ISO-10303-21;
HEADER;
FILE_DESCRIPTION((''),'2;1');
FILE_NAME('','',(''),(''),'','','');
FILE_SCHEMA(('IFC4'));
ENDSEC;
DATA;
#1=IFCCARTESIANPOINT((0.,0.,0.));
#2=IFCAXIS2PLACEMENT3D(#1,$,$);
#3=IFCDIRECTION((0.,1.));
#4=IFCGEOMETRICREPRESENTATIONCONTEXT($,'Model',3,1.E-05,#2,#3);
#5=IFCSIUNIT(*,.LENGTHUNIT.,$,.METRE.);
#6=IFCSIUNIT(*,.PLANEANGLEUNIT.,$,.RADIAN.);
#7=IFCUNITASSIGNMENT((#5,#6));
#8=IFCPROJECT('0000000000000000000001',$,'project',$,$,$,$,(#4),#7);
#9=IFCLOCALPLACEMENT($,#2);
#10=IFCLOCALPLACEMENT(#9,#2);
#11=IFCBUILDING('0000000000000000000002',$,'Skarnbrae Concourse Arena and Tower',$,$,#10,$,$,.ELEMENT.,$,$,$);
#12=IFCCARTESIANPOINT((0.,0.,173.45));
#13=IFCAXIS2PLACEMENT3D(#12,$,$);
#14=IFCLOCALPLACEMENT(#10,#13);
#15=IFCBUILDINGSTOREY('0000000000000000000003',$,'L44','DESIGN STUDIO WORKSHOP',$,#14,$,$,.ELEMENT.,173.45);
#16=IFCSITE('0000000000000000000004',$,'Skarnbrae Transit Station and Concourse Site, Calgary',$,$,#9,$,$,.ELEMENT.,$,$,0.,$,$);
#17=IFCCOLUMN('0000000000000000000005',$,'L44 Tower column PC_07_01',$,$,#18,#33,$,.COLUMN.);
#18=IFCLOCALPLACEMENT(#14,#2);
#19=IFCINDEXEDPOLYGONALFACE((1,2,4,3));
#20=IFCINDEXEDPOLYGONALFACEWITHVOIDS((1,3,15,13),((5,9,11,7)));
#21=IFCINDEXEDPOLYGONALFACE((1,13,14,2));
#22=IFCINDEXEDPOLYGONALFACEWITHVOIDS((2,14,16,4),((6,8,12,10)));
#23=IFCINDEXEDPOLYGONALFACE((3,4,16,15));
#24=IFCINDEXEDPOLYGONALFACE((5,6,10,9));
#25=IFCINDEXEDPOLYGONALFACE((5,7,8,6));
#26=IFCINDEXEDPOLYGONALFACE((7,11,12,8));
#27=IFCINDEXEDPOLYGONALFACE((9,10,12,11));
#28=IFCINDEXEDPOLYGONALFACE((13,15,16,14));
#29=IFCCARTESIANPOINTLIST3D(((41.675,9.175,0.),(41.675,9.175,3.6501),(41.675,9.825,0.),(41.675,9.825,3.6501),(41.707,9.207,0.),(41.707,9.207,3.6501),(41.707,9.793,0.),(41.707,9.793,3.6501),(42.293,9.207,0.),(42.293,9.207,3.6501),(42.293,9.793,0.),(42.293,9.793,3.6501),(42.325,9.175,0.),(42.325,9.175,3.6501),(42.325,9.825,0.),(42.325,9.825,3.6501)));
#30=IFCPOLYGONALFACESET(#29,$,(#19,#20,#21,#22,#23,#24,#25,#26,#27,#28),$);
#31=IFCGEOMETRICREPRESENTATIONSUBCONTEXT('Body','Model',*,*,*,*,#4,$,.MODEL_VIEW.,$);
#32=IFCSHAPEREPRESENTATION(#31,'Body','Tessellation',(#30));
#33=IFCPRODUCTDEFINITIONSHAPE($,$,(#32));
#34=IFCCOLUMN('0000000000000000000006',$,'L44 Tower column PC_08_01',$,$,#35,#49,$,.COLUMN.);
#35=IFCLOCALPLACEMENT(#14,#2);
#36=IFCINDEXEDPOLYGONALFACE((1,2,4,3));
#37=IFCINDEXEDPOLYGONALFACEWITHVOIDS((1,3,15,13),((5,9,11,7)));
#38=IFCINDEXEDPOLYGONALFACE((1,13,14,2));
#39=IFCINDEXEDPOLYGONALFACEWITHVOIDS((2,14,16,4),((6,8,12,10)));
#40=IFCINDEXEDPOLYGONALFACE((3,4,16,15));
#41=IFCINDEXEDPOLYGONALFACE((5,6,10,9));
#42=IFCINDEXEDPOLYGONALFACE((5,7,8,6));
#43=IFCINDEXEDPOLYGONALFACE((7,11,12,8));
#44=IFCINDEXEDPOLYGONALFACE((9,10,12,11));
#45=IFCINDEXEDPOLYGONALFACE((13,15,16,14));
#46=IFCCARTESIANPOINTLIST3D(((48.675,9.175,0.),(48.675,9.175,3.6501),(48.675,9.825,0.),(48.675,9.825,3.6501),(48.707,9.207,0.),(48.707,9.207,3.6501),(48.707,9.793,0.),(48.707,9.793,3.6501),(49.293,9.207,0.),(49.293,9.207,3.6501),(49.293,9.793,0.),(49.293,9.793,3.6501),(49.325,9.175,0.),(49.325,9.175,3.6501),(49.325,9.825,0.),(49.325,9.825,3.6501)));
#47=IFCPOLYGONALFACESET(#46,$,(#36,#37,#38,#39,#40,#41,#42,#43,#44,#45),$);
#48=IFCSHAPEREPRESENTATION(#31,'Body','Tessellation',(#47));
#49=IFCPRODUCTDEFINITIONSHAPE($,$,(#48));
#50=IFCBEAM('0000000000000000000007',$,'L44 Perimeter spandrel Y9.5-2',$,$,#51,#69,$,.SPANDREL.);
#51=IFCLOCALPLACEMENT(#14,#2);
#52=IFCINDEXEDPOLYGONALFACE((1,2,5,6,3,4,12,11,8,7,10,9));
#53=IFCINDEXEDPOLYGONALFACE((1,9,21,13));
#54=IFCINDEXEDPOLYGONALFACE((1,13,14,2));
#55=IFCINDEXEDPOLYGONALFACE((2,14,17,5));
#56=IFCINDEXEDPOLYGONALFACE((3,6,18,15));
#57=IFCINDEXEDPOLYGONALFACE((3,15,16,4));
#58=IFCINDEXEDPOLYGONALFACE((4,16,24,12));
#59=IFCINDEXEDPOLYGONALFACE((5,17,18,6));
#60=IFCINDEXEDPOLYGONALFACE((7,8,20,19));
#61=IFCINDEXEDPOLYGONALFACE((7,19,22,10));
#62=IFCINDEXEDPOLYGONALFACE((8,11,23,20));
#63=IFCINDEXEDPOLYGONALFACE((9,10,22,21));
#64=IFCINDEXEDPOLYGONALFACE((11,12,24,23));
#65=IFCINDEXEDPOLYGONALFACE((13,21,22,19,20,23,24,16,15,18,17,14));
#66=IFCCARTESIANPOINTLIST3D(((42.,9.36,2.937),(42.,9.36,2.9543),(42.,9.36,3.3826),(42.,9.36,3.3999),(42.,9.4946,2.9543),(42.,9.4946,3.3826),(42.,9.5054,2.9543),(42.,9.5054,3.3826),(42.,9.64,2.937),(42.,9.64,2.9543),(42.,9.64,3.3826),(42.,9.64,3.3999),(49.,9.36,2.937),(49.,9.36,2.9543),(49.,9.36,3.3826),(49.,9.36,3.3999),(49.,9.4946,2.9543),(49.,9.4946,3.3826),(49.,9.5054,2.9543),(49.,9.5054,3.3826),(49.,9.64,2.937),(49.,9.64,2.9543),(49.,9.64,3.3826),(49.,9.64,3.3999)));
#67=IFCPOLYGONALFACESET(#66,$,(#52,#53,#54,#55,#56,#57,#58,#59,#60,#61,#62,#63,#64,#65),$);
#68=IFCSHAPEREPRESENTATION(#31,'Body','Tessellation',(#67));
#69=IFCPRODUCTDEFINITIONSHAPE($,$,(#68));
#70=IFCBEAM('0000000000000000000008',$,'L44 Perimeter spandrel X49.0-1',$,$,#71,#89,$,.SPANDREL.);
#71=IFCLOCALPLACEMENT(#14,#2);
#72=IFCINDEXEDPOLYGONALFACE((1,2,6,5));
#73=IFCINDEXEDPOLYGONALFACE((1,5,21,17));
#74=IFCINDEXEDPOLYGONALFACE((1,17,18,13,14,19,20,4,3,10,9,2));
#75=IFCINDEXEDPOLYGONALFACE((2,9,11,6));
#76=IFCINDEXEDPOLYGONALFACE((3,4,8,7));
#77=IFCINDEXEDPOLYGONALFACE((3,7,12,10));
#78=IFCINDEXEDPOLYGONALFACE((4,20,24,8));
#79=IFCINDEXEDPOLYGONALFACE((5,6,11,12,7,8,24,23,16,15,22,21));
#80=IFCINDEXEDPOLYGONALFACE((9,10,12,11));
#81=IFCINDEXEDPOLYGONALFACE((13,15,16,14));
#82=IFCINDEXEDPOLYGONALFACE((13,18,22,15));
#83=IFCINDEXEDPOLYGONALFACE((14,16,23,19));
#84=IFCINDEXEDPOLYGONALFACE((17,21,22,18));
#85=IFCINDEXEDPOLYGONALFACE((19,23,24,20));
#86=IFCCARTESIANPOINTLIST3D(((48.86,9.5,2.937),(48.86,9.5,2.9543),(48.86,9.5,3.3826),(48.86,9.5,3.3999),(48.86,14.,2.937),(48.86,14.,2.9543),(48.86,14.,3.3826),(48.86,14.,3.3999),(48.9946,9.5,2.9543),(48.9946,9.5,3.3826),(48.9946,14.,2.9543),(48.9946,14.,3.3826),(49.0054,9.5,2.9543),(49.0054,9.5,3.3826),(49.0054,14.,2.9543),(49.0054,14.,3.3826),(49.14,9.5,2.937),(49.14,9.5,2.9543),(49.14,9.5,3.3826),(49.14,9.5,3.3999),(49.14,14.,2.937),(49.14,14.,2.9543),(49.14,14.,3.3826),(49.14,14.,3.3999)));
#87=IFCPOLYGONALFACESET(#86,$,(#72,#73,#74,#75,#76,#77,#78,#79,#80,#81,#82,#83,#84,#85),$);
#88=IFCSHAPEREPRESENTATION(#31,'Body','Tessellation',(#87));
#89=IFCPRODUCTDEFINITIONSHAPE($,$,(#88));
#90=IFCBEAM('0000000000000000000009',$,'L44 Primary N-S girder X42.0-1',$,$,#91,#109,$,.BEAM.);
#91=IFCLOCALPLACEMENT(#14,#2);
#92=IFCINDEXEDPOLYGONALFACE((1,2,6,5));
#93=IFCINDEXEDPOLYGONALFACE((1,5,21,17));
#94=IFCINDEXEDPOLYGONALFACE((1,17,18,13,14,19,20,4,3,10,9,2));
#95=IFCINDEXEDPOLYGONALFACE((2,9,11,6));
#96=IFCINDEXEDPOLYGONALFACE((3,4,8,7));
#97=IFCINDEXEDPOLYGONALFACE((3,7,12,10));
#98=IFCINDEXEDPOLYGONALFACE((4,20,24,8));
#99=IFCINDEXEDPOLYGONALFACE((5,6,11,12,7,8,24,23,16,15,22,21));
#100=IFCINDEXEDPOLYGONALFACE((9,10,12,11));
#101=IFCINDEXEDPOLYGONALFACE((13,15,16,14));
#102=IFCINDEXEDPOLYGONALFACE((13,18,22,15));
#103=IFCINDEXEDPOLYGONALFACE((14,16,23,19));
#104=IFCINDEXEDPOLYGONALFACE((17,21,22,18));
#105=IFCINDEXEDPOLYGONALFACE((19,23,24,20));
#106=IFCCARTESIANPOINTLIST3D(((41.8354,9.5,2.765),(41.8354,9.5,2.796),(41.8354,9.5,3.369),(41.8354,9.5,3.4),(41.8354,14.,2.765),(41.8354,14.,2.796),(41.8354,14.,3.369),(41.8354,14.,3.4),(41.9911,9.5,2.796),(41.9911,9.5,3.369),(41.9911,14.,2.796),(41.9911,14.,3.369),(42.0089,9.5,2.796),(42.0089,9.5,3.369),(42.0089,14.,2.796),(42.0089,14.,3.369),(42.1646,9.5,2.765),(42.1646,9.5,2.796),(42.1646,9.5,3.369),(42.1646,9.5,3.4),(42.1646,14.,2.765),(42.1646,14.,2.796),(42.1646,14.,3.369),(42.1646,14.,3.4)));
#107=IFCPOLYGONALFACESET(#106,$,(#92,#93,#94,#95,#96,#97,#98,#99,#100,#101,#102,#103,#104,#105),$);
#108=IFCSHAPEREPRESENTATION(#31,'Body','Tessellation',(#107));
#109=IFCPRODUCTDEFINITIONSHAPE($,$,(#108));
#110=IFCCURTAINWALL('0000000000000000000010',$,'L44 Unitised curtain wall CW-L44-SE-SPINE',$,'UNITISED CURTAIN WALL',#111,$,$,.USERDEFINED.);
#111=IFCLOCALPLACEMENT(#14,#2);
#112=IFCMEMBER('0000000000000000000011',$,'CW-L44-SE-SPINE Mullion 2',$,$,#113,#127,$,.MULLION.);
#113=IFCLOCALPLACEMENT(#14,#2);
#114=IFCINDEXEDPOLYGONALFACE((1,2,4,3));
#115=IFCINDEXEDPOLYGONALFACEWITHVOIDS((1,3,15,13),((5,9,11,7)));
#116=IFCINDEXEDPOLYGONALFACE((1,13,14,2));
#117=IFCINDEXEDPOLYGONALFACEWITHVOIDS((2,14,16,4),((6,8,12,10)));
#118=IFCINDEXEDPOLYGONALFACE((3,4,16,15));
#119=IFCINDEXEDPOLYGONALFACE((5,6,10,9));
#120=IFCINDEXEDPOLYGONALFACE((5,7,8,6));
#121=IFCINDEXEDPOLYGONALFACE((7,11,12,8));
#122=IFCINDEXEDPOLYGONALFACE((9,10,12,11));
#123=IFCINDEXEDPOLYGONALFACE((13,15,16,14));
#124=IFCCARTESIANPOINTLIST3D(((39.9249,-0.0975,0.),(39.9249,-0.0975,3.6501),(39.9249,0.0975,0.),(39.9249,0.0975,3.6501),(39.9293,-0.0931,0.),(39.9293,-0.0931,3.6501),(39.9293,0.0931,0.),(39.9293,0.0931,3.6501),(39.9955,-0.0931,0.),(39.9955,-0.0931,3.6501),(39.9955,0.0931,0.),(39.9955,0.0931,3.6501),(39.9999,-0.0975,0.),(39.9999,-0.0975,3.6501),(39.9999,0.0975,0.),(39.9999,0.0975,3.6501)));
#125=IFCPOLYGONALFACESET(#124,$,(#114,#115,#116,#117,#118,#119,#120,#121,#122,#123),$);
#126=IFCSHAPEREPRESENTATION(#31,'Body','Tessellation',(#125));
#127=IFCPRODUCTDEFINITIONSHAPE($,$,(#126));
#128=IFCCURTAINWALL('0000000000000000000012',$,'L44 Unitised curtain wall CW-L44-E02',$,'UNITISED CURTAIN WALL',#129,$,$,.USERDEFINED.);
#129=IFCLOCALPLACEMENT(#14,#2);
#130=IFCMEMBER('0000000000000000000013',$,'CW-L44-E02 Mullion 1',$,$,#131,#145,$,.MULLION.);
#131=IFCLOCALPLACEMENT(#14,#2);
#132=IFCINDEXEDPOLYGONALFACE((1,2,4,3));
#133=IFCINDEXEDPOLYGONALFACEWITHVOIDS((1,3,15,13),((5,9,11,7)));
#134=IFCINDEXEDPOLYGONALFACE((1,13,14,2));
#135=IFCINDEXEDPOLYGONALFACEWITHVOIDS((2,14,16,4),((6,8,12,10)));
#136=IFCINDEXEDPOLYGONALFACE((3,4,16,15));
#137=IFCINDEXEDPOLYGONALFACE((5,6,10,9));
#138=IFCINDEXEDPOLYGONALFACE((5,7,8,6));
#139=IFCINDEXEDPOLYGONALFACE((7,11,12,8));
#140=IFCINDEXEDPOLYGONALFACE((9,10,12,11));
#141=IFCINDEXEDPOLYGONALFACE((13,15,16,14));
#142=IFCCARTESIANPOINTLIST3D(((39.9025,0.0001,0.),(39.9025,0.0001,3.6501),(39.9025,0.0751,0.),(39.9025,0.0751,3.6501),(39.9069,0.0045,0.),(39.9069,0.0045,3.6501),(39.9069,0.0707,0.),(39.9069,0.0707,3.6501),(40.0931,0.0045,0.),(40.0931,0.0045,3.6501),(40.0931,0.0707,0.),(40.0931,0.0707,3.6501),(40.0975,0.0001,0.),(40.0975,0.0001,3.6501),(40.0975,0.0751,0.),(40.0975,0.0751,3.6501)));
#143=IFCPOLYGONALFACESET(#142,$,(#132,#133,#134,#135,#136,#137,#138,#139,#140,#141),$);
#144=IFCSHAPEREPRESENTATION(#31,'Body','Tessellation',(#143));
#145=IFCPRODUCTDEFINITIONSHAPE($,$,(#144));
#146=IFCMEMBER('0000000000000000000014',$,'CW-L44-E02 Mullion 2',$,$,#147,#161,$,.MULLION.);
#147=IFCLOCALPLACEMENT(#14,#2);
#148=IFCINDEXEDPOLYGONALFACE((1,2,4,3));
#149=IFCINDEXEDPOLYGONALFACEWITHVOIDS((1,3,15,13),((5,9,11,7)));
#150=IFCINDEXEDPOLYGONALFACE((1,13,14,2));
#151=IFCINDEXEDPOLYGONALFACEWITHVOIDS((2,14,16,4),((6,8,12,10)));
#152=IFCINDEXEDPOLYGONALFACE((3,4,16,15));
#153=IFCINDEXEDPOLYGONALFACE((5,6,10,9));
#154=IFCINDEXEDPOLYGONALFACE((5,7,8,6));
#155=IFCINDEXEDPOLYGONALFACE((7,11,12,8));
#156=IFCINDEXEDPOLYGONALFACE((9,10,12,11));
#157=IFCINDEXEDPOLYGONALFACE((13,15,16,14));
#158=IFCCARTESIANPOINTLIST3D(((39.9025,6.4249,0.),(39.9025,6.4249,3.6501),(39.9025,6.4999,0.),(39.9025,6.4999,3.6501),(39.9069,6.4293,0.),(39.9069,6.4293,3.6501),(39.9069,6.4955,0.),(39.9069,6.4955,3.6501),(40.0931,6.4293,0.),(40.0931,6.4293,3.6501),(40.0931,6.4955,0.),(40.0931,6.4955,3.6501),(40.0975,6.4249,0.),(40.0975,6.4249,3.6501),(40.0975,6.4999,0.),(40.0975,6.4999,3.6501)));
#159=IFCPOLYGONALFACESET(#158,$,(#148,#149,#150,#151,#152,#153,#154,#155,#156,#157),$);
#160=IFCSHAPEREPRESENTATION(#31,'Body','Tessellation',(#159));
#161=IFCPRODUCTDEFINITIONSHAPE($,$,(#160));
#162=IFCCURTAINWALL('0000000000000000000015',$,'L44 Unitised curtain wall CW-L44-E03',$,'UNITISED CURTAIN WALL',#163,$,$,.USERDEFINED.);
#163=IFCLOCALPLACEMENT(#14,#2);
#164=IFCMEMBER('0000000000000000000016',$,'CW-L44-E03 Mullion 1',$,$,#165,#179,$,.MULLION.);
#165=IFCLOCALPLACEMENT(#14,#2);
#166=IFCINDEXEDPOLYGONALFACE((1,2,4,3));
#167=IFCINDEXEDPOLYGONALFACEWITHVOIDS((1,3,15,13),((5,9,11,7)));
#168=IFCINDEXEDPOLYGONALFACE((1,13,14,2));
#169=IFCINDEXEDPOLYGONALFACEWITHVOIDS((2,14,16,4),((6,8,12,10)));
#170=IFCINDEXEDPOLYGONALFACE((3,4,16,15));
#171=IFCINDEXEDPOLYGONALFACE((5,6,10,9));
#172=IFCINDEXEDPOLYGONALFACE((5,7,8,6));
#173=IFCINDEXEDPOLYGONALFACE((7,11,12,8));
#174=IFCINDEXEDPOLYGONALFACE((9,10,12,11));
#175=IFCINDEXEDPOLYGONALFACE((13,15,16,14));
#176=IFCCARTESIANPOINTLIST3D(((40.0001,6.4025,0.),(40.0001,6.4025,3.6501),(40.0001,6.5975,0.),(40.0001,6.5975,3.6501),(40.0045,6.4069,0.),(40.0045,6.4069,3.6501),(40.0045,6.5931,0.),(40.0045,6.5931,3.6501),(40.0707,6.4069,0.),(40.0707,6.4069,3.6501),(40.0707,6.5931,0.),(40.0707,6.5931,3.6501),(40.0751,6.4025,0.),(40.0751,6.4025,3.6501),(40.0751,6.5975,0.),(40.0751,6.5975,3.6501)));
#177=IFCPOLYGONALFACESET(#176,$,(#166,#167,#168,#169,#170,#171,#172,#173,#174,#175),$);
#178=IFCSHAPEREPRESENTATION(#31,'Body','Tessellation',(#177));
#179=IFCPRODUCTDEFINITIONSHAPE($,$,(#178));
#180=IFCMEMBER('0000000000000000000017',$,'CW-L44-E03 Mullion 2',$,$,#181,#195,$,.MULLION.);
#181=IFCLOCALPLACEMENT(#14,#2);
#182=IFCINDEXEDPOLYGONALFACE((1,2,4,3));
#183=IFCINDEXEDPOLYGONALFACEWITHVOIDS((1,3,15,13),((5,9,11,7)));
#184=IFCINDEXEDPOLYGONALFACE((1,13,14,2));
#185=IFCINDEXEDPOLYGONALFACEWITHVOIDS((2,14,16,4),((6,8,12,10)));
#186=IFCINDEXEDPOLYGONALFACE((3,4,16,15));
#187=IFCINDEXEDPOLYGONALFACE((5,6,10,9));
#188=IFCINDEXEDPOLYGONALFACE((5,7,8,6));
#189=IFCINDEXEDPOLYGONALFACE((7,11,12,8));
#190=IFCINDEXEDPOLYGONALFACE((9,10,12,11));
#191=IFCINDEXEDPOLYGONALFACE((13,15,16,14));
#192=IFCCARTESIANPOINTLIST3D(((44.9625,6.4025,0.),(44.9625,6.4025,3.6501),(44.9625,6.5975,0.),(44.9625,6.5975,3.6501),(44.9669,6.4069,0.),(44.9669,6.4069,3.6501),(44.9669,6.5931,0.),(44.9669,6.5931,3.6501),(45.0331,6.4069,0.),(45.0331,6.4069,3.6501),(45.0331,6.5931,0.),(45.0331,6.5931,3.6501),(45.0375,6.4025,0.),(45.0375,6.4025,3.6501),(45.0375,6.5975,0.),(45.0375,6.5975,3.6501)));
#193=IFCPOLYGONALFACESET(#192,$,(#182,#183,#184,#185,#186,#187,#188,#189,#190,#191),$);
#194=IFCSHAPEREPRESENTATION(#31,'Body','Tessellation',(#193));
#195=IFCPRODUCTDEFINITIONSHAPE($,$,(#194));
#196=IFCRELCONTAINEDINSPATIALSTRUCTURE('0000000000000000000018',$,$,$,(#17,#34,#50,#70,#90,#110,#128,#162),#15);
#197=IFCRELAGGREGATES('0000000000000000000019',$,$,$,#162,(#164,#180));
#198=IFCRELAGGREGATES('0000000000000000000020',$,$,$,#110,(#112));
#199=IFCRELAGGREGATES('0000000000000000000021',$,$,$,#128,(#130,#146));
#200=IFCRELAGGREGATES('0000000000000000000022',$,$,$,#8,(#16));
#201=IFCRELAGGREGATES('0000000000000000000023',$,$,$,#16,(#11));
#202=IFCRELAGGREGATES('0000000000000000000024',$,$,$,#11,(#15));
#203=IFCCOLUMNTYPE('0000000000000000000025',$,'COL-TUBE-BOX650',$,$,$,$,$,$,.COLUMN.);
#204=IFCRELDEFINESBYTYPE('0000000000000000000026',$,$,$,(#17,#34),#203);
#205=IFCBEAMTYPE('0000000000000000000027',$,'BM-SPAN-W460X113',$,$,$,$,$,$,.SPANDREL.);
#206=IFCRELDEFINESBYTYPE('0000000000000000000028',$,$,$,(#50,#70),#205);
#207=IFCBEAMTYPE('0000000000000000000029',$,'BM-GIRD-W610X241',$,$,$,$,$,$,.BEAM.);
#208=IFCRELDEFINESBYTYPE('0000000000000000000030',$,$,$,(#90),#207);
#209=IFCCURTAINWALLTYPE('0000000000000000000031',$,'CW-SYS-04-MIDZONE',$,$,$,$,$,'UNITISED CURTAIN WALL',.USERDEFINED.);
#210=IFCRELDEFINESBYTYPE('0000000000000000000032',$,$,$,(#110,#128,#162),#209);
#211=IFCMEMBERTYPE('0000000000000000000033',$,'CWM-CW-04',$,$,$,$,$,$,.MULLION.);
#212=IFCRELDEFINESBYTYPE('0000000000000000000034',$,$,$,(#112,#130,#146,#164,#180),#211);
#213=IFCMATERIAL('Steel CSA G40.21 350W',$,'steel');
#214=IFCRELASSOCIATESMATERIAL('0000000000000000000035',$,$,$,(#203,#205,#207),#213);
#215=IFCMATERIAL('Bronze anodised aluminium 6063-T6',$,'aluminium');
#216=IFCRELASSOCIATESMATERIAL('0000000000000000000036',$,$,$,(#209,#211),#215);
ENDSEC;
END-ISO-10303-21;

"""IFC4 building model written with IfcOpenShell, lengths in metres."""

from ifc_helpers import new_model, si_unit, direction, frame, origin, origin_2d, place, context, subcontext, project, spatial, hollow_rectangle, i_section, extrude, source, transform, mapped, material, material_profile, profile_set, type_object, element, aggregate, save


model = new_model("IFC4")

# Units and contexts
model_context = context("Model", 3, precision=1e-05, world=origin(), true_north=direction((0.0, 1.0)))
body_context = subcontext(model_context, "Body", "Model", "MODEL_VIEW")
ifc_project = project(units=[si_unit("LENGTHUNIT", "METRE"), si_unit("PLANEANGLEUNIT", "RADIAN")], contexts=[model_context])

# Site, building, storey
site_placement = place(None, origin())
site = spatial("IfcSite", under=ifc_project, at=site_placement, Name="Skarnbrae Transit Station and Concourse Site, Calgary", CompositionType="ELEMENT", RefElevation=0.0)
building_placement = place(site_placement, origin())
building = spatial("IfcBuilding", under=site, at=building_placement, Name="Skarnbrae Concourse Arena and Tower", CompositionType="ELEMENT")
storey_placement = place(building_placement, frame((0.0, 0.0, 173.45)))
storey = spatial("IfcBuildingStorey", under=building, at=storey_placement, Name="L44", Description="DESIGN STUDIO WORKSHOP", CompositionType="ELEMENT", Elevation=173.45)

# Columns
ifc_material_1 = material(Name="Steel CSA G40.21 350W", Category="steel")
ifc_material_profile_1 = material_profile(ifc_material_1, hollow_rectangle(XDim=0.6499, YDim=0.6499, WallThickness=0.032, at=origin_2d()), Name="BOX650X650X32")
ifc_profile_set_1 = profile_set([ifc_material_profile_1], Name="Steel CSA G40.21 350W")
column_type = type_object("IfcColumnType", Name="COL-TUBE-BOX650", PredefinedType="COLUMN", material=ifc_profile_set_1)
shared_shape_1 = source(origin(), body_context, "Body", "SweptSolid", [
    extrude(hollow_rectangle(XDim=0.6499, YDim=0.6499, WallThickness=0.032, at=origin_2d()), origin(), (0.0, 0.0, 1.0), 3.6501),
])
for number, where, z_axis, x_axis, name in (
    (1, (42.0, 9.5, 0.0), (0.0, 0.0, 1.0), (1.0, 0.0, 0.0), "L44 Tower column PC_07_01"),
    (2, (49.0, 9.5, 0.0), (0.0, 0.0, 1.0), (1.0, 0.0, 0.0), "L44 Tower column PC_08_01"),
):
    element("IfcColumn", number, at=place(storey_placement, frame(where, z_axis=z_axis, x_axis=x_axis)), inside=storey, type_object=column_type, Name=name, PredefinedType="COLUMN", context=body_context, shape_type="MappedRepresentation", body=[
        mapped(shared_shape_1, transform((0.0, 0.0, 0.0))),
    ])

# Beams
ifc_material_profile_2 = material_profile(ifc_material_1, i_section(OverallWidth=0.28, OverallDepth=0.4629, WebThickness=0.0107, FlangeThickness=0.0173, at=origin_2d()), Name="W460X113")
ifc_profile_set_2 = profile_set([ifc_material_profile_2], Name="Steel CSA G40.21 350W")
beam_type_1 = type_object("IfcBeamType", Name="BM-SPAN-W460X113", PredefinedType="SPANDREL", material=ifc_profile_set_2)
shared_shape_2 = source(origin(), body_context, "Body", "SweptSolid", [
    extrude(i_section(OverallWidth=0.28, OverallDepth=0.4629, WebThickness=0.0107, FlangeThickness=0.0173, at=origin_2d()), origin(), (0.0, 0.0, 1.0), 7.0),
])
beam_1_placement = place(storey_placement, frame((42.0, 9.5, 3.1685), z_axis=(1.0, 0.0, 0.0), x_axis=(0.0, 1.0, 0.0)))
element("IfcBeam", 3, at=beam_1_placement, inside=storey, type_object=beam_type_1, Name="L44 Perimeter spandrel Y9.5-2", PredefinedType="SPANDREL", context=body_context, shape_type="MappedRepresentation", body=[
    mapped(shared_shape_2, transform((0.0, 0.0, 0.0))),
])
shared_shape_3 = source(origin(), body_context, "Body", "SweptSolid", [
    extrude(i_section(OverallWidth=0.28, OverallDepth=0.4629, WebThickness=0.0107, FlangeThickness=0.0173, at=origin_2d()), origin(), (0.0, 0.0, 1.0), 4.5),
])
beam_2_placement = place(storey_placement, frame((49.0, 9.5, 3.1685), z_axis=(0.0, 1.0, 0.0), x_axis=(-1.0, 0.0, 0.0)))
element("IfcBeam", 4, at=beam_2_placement, inside=storey, type_object=beam_type_1, Name="L44 Perimeter spandrel X49.0-1", PredefinedType="SPANDREL", context=body_context, shape_type="MappedRepresentation", body=[
    mapped(shared_shape_3, transform((0.0, 0.0, 0.0))),
])
ifc_material_profile_3 = material_profile(ifc_material_1, i_section(OverallWidth=0.3291, OverallDepth=0.635, WebThickness=0.0178, FlangeThickness=0.031, at=origin_2d()), Name="W610X241")
ifc_profile_set_3 = profile_set([ifc_material_profile_3], Name="Steel CSA G40.21 350W")
beam_type_2 = type_object("IfcBeamType", Name="BM-GIRD-W610X241", PredefinedType="BEAM", material=ifc_profile_set_3)
shared_shape_4 = source(origin(), body_context, "Body", "SweptSolid", [
    extrude(i_section(OverallWidth=0.3291, OverallDepth=0.635, WebThickness=0.0178, FlangeThickness=0.031, at=origin_2d()), origin(), (0.0, 0.0, 1.0), 4.5),
])
beam_3_placement = place(storey_placement, frame((42.0, 9.5, 3.0825), z_axis=(0.0, 1.0, 0.0), x_axis=(-1.0, 0.0, 0.0)))
element("IfcBeam", 5, at=beam_3_placement, inside=storey, type_object=beam_type_2, Name="L44 Primary N-S girder X42.0-1", PredefinedType="BEAM", context=body_context, shape_type="MappedRepresentation", body=[
    mapped(shared_shape_4, transform((0.0, 0.0, 0.0))),
])

# Curtain wall, member
ifc_material_2 = material(Name="Bronze anodised aluminium 6063-T6", Category="aluminium")
curtain_wall_type = type_object("IfcCurtainWallType", Name="CW-SYS-04-MIDZONE", ElementType="UNITISED CURTAIN WALL", PredefinedType="USERDEFINED", material=ifc_material_2)
curtain_wall_1_placement = place(storey_placement, origin())
curtain_wall_1 = element("IfcCurtainWall", 6, at=curtain_wall_1_placement, inside=storey, type_object=curtain_wall_type, Name="L44 Unitised curtain wall CW-L44-SE-SPINE", ObjectType="UNITISED CURTAIN WALL", PredefinedType="USERDEFINED")
ifc_material_profile_4 = material_profile(ifc_material_2, hollow_rectangle(XDim=0.075, YDim=0.1951, WallThickness=0.0044, at=origin_2d()), Name="ALU-MULL-75X195")
ifc_profile_set_4 = profile_set([ifc_material_profile_4], Name="Bronze anodised aluminium 6063-T6")
member_type_1 = type_object("IfcMemberType", Name="CWM-CW-04", PredefinedType="MULLION", material=ifc_profile_set_4)
shared_shape_5 = source(origin(), body_context, "Body", "SweptSolid", [
    extrude(hollow_rectangle(XDim=0.075, YDim=0.1951, WallThickness=0.0044, at=origin_2d()), origin(), (0.0, 0.0, 1.0), 3.6501),
])
member_1_placement = place(storey_placement, frame((39.9624, 0.0, 0.0), z_axis=(0.0, 0.0, 1.0), x_axis=(1.0, 0.0, 0.0)))
member_1 = element("IfcMember", 7, at=member_1_placement, type_object=member_type_1, Name="CW-L44-SE-SPINE Mullion 2", PredefinedType="MULLION", context=body_context, shape_type="MappedRepresentation", body=[
    mapped(shared_shape_5, transform((0.0, 0.0, 0.0))),
])

# Curtain walls, members
curtain_wall_2_placement = place(storey_placement, origin())
curtain_wall_2 = element("IfcCurtainWall", 8, at=curtain_wall_2_placement, inside=storey, type_object=curtain_wall_type, Name="L44 Unitised curtain wall CW-L44-E02", ObjectType="UNITISED CURTAIN WALL", PredefinedType="USERDEFINED")
member_2_placement = place(storey_placement, frame((40.0, 0.0376, 0.0), z_axis=(0.0, 0.0, 1.0), x_axis=(0.0, 1.0, 0.0)))
member_2 = element("IfcMember", 9, at=member_2_placement, type_object=member_type_1, Name="CW-L44-E02 Mullion 1", PredefinedType="MULLION", context=body_context, shape_type="MappedRepresentation", body=[
    mapped(shared_shape_5, transform((0.0, 0.0, 0.0))),
])
member_3_placement = place(storey_placement, frame((40.0, 6.4624, 0.0), z_axis=(0.0, 0.0, 1.0), x_axis=(0.0, 1.0, 0.0)))
member_3 = element("IfcMember", 10, at=member_3_placement, type_object=member_type_1, Name="CW-L44-E02 Mullion 2", PredefinedType="MULLION", context=body_context, shape_type="MappedRepresentation", body=[
    mapped(shared_shape_5, transform((0.0, 0.0, 0.0))),
])
curtain_wall_3_placement = place(storey_placement, origin())
curtain_wall_3 = element("IfcCurtainWall", 11, at=curtain_wall_3_placement, inside=storey, type_object=curtain_wall_type, Name="L44 Unitised curtain wall CW-L44-E03", ObjectType="UNITISED CURTAIN WALL", PredefinedType="USERDEFINED")
member_4_placement = place(storey_placement, frame((40.0376, 6.5, 0.0), z_axis=(0.0, 0.0, 1.0), x_axis=(1.0, 0.0, 0.0)))
member_4 = element("IfcMember", 12, at=member_4_placement, type_object=member_type_1, Name="CW-L44-E03 Mullion 1", PredefinedType="MULLION", context=body_context, shape_type="MappedRepresentation", body=[
    mapped(shared_shape_5, transform((0.0, 0.0, 0.0))),
])
member_5_placement = place(storey_placement, frame((45.0, 6.5, 0.0), z_axis=(0.0, 0.0, 1.0), x_axis=(1.0, 0.0, 0.0)))
member_5 = element("IfcMember", 13, at=member_5_placement, type_object=member_type_1, Name="CW-L44-E03 Mullion 2", PredefinedType="MULLION", context=body_context, shape_type="MappedRepresentation", body=[
    mapped(shared_shape_5, transform((0.0, 0.0, 0.0))),
])

aggregate(curtain_wall_3, [member_4, member_5])
aggregate(curtain_wall_1, [member_1])
aggregate(curtain_wall_2, [member_2, member_3])

save(model, "model.ifc")
